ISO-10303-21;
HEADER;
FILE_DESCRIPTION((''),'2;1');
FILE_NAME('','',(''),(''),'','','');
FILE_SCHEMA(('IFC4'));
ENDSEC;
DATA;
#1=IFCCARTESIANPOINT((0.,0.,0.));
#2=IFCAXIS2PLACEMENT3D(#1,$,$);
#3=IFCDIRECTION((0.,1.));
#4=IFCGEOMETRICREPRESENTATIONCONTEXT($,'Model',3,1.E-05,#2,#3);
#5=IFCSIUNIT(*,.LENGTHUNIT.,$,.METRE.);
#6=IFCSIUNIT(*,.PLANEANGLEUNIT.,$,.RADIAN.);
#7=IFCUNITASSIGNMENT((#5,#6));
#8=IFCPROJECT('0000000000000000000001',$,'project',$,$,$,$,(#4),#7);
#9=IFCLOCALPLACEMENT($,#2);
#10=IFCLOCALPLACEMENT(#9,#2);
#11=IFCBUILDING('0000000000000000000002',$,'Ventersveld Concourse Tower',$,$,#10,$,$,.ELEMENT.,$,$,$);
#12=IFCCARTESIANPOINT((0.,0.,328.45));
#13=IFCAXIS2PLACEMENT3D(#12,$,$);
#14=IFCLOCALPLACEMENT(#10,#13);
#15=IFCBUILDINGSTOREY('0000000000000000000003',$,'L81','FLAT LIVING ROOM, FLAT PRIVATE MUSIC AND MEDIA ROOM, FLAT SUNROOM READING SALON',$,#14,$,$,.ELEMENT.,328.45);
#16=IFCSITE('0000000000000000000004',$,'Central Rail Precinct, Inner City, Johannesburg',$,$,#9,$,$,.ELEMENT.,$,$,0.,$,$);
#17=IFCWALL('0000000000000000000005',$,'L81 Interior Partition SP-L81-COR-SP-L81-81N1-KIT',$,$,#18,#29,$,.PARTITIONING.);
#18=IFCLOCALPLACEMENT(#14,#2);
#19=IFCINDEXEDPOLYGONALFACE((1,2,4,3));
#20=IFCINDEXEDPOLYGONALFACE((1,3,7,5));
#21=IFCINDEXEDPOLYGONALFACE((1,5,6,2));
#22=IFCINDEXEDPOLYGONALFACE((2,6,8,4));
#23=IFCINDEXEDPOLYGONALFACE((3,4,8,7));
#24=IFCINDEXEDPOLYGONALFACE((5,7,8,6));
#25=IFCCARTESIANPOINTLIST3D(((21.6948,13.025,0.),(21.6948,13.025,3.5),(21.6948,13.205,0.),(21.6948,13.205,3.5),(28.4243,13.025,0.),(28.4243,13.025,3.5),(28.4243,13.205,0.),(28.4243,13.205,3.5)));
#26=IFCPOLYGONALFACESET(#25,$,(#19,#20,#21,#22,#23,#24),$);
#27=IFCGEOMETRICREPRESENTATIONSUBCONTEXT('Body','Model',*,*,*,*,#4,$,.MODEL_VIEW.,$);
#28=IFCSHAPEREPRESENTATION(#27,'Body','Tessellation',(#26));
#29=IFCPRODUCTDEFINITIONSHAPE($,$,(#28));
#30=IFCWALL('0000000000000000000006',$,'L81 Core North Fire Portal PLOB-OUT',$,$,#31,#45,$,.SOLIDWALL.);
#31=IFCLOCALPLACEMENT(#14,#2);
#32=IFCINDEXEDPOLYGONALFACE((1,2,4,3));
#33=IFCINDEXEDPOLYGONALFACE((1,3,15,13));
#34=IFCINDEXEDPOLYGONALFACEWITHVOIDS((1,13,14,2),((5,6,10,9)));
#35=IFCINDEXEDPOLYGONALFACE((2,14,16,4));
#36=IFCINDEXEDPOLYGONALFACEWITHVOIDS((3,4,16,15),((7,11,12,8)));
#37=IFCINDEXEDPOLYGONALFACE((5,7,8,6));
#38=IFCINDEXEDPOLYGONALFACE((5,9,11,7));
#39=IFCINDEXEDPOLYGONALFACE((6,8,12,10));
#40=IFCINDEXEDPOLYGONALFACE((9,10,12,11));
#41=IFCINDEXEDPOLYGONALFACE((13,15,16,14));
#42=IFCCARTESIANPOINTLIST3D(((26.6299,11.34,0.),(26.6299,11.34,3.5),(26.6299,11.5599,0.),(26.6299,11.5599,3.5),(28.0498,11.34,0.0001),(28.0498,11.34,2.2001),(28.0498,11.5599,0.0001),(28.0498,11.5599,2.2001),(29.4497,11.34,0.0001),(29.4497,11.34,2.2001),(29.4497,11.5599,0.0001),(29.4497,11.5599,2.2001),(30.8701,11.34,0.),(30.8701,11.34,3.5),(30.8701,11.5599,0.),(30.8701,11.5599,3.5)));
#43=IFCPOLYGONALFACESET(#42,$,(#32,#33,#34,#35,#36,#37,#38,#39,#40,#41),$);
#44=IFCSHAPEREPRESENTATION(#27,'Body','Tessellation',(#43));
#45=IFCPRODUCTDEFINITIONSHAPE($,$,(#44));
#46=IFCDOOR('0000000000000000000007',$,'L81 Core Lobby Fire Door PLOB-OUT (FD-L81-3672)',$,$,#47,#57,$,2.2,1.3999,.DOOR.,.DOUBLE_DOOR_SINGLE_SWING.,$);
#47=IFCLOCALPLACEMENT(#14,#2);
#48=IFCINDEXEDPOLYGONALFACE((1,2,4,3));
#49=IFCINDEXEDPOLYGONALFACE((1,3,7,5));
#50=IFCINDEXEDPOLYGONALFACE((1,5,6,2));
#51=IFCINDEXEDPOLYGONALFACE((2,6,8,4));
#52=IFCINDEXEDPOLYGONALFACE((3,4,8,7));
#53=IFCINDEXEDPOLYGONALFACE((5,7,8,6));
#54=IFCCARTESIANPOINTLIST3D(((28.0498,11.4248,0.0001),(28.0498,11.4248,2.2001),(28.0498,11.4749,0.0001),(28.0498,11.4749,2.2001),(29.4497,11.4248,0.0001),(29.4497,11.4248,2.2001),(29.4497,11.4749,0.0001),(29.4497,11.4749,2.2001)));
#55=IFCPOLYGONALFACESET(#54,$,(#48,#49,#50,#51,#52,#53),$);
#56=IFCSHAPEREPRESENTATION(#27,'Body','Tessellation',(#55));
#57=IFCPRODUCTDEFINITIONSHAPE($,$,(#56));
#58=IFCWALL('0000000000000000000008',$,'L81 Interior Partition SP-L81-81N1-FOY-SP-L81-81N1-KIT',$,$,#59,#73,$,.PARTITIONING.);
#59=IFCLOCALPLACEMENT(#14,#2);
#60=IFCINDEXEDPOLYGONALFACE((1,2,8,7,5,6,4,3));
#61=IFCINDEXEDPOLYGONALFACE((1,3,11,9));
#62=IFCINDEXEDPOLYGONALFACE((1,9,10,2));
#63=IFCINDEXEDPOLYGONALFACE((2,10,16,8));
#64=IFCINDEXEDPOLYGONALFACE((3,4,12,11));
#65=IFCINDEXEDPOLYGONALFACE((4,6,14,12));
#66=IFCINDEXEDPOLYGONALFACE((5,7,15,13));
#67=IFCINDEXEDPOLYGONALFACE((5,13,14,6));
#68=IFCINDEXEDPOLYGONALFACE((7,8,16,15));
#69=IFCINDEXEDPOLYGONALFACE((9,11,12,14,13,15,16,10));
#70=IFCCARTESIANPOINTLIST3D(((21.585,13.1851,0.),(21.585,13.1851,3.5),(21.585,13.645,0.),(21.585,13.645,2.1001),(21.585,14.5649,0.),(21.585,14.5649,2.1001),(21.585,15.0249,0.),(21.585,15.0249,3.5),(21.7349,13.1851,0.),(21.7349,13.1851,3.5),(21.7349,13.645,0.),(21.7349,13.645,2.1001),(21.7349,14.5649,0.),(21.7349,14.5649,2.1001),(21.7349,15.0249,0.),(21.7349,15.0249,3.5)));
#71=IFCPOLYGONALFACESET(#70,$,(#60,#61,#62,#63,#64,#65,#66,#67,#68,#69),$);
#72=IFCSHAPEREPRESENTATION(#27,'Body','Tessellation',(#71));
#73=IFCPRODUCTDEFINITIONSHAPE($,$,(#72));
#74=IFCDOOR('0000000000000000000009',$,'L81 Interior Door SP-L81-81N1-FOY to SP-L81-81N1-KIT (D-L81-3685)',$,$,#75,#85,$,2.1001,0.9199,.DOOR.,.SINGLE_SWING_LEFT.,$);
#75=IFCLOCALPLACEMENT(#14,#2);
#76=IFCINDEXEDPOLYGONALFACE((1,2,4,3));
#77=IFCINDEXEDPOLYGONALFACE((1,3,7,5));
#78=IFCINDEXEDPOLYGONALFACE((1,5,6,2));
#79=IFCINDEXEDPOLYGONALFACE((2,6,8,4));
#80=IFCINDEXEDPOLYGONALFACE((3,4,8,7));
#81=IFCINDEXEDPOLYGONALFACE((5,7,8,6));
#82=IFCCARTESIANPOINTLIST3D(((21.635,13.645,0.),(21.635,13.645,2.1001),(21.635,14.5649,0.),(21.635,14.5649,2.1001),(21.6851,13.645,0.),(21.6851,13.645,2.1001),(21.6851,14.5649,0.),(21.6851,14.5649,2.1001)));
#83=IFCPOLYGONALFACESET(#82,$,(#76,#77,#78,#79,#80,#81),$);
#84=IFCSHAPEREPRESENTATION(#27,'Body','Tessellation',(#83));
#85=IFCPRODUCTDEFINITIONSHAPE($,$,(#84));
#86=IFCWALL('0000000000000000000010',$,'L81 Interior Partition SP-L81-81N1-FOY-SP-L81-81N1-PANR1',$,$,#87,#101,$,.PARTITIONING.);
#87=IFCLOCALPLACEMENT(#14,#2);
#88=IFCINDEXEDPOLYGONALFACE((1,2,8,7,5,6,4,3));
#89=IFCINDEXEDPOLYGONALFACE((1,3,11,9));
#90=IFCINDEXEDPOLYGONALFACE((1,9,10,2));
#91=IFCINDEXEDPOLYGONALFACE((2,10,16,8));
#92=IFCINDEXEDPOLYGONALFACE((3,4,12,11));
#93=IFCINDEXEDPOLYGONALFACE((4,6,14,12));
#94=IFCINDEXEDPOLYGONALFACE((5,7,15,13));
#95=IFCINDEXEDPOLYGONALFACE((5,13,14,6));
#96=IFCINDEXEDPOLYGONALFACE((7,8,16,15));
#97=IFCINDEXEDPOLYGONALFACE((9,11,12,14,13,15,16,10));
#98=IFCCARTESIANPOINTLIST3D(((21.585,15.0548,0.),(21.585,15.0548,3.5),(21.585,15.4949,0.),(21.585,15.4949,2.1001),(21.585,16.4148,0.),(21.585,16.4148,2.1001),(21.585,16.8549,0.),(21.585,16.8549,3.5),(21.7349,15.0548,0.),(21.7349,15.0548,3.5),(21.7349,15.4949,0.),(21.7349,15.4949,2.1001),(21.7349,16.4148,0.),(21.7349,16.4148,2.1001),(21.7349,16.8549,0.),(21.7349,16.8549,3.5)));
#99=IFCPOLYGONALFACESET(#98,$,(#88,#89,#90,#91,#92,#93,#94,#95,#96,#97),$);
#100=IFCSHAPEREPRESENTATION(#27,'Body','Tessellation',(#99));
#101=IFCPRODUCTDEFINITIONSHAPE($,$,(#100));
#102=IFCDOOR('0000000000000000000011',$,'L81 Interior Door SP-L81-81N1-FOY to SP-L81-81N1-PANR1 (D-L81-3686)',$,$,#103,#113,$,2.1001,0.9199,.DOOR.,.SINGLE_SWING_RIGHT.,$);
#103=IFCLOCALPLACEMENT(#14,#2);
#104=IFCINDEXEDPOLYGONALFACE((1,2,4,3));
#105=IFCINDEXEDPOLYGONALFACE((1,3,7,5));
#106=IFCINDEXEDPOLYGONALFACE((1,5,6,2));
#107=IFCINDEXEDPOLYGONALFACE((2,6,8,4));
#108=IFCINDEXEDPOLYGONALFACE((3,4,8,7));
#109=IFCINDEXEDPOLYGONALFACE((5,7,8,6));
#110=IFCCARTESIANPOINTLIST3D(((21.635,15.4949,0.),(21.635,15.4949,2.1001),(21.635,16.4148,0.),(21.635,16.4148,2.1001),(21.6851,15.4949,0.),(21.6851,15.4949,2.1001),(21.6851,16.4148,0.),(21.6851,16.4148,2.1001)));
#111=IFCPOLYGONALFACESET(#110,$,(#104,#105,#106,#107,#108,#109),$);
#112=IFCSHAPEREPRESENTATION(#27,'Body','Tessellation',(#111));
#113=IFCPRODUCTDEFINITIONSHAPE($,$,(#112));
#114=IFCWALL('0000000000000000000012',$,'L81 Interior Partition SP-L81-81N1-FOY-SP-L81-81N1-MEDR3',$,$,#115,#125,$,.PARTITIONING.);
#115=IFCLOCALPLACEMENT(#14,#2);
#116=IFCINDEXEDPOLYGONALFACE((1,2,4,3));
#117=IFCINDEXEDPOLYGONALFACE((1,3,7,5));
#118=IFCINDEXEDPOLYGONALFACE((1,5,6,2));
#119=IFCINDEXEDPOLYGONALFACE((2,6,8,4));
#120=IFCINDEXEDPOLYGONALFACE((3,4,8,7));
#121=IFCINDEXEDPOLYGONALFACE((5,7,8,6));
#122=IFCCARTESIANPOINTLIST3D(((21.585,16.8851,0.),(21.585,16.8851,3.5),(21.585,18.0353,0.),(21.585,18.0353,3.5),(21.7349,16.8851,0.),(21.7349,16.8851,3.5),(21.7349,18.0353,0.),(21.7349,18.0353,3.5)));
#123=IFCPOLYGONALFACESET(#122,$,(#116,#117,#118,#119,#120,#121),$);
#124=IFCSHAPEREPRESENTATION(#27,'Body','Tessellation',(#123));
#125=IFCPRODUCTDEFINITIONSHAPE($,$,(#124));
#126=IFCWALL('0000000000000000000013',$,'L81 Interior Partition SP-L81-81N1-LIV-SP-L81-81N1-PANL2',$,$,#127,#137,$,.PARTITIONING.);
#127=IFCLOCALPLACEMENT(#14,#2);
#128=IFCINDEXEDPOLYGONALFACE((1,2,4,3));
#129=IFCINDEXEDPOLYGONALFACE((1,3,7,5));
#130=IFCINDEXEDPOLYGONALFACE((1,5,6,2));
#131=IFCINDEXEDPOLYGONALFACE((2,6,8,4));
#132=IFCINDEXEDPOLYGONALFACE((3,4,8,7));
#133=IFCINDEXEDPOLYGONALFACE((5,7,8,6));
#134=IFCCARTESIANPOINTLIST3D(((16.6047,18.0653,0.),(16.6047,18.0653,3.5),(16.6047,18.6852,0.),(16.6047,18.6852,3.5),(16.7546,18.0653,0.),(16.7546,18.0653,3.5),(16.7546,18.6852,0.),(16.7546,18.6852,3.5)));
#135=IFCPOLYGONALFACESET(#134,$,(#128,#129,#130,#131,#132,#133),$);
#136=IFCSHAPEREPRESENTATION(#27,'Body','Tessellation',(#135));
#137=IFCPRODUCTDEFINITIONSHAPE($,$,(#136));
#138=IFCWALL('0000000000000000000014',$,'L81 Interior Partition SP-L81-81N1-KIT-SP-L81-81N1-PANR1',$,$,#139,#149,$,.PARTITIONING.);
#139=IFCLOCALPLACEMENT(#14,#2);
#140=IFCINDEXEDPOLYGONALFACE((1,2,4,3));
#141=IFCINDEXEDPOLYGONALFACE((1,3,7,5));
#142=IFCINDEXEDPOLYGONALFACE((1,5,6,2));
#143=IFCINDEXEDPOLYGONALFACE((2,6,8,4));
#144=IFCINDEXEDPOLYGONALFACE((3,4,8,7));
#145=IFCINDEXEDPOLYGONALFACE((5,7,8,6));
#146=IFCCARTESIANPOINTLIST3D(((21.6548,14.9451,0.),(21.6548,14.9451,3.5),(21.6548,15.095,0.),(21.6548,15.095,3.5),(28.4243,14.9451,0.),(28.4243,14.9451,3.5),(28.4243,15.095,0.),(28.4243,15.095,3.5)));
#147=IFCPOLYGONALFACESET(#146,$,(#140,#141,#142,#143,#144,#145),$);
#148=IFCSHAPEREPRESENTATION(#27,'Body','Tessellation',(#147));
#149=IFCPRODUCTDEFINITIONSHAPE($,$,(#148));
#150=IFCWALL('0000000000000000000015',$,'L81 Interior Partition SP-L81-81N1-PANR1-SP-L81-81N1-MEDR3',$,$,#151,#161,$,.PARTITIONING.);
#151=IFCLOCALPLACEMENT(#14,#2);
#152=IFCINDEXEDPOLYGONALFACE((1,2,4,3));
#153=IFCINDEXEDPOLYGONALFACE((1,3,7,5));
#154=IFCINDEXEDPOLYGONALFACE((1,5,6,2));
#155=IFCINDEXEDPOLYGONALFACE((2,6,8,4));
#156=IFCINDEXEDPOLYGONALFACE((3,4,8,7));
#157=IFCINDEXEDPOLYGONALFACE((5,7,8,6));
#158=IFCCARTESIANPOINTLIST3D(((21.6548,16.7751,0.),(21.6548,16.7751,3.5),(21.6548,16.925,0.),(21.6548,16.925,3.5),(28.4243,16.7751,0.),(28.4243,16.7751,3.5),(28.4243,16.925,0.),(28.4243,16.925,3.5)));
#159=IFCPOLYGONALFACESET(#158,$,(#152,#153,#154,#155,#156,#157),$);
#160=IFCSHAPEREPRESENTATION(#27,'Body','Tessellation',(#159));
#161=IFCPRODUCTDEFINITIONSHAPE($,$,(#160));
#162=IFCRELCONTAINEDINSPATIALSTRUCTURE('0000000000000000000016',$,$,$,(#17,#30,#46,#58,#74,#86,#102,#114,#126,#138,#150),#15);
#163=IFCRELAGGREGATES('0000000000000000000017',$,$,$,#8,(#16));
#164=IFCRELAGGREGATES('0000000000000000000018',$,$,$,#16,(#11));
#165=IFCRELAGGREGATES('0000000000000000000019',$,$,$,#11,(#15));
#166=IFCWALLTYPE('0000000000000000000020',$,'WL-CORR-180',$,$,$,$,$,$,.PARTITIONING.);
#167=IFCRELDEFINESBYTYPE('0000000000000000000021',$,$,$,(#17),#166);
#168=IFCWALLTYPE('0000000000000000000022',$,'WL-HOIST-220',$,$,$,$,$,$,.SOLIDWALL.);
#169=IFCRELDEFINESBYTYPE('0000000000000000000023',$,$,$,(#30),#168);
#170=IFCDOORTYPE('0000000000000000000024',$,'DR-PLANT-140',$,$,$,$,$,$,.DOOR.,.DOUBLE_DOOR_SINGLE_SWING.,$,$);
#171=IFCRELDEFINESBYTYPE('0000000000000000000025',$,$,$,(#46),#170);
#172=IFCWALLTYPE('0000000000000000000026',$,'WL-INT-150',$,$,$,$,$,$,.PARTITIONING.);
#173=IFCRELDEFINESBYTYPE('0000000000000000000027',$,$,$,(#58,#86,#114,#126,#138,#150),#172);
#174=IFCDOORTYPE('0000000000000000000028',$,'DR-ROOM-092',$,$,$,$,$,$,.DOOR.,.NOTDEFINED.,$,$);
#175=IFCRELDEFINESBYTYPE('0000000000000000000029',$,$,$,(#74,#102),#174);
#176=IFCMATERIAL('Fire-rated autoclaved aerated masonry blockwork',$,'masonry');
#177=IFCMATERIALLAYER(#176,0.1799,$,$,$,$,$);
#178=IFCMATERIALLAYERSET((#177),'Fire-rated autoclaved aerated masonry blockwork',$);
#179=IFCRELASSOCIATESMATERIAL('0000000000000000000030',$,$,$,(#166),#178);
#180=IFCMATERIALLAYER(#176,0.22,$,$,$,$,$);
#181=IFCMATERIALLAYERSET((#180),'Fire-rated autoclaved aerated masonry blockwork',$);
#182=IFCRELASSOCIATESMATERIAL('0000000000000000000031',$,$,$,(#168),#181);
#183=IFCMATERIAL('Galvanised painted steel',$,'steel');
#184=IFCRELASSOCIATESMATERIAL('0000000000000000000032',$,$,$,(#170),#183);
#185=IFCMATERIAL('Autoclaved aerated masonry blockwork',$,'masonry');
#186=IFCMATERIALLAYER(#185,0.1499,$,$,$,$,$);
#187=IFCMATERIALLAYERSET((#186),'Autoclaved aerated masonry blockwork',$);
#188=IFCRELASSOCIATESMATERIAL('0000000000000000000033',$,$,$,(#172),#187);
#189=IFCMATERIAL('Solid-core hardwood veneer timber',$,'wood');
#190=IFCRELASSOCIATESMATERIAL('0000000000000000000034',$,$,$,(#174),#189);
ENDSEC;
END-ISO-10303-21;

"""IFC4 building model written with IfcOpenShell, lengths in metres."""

from ifc_helpers import new_model, si_unit, direction, frame, frame_2d, origin, place, context, subcontext, project, spatial, rectangle, extrude, material, layer, layer_set, type_object, element, fill, save


model = new_model("IFC4")

# Units and contexts
model_context = context("Model", 3, precision=1e-05, world=origin(), true_north=direction((0.0, 1.0)))
body_context = subcontext(model_context, "Body", "Model", "MODEL_VIEW")
ifc_project = project(units=[si_unit("LENGTHUNIT", "METRE"), si_unit("PLANEANGLEUNIT", "RADIAN")], contexts=[model_context])

# Site, building, storey
site_placement = place(None, origin())
site = spatial("IfcSite", under=ifc_project, at=site_placement, Name="Central Rail Precinct, Inner City, Johannesburg", CompositionType="ELEMENT", RefElevation=0.0)
building_placement = place(site_placement, origin())
building = spatial("IfcBuilding", under=site, at=building_placement, Name="Ventersveld Concourse Tower", CompositionType="ELEMENT")
storey_placement = place(building_placement, frame((0.0, 0.0, 328.45)))
storey = spatial("IfcBuildingStorey", under=building, at=storey_placement, Name="L81", Description="FLAT LIVING ROOM, FLAT PRIVATE MUSIC AND MEDIA ROOM, FLAT SUNROOM READING SALON", CompositionType="ELEMENT", Elevation=328.45)

# Wall
ifc_material_1 = material(Name="Fire-rated autoclaved aerated masonry blockwork", Category="masonry")
ifc_layer_1 = layer(ifc_material_1, 0.1799)
ifc_layer_set_1 = layer_set([ifc_layer_1], Name="Fire-rated autoclaved aerated masonry blockwork")
wall_type_1 = type_object("IfcWallType", Name="WL-CORR-180", PredefinedType="PARTITIONING", material=ifc_layer_set_1)
wall_1_placement = place(storey_placement, frame((21.6948, 13.115, 0.0), z_axis=(0.0, 0.0, 1.0), x_axis=(1.0, 0.0, 0.0)))
element("IfcWall", 1, at=wall_1_placement, inside=storey, type_object=wall_type_1, Name="L81 Interior Partition SP-L81-COR-SP-L81-81N1-KIT", PredefinedType="PARTITIONING", context=body_context, shape_type="SweptSolid", body=[
    extrude(rectangle(XDim=6.7295, YDim=0.1799, at=frame_2d((3.3647, 0.0))), origin(), (0.0, 0.0, 1.0), 3.5),
])

# Walls, openings, doors
ifc_layer_2 = layer(ifc_material_1, 0.22)
ifc_layer_set_2 = layer_set([ifc_layer_2], Name="Fire-rated autoclaved aerated masonry blockwork")
wall_type_2 = type_object("IfcWallType", Name="WL-HOIST-220", PredefinedType="SOLIDWALL", material=ifc_layer_set_2)
wall_2_placement = place(storey_placement, frame((26.6299, 11.45, 0.0), z_axis=(0.0, 0.0, 1.0), x_axis=(1.0, 0.0, 0.0)))
wall_2 = element("IfcWall", 2, at=wall_2_placement, inside=storey, type_object=wall_type_2, Name="L81 Core North Fire Portal PLOB-OUT", PredefinedType="SOLIDWALL", context=body_context, shape_type="SweptSolid", body=[
    extrude(rectangle(XDim=4.2402, YDim=0.22, at=frame_2d((2.1201, 0.0))), origin(), (0.0, 0.0, 1.0), 3.5),
])
opening_1_placement = place(wall_2_placement, frame((1.4199, 0.0, 0.0)))
opening_1 = element("IfcOpeningElement", 3, at=opening_1_placement, cuts=wall_2, PredefinedType="OPENING", context=body_context, shape_type="SweptSolid", body=[
    extrude(rectangle(XDim=1.3999, YDim=2.2, at=frame_2d((0.7, 1.1001))), frame((0.0, 0.1201, 0.0), z_axis=(0.0, -1.0, 0.0), x_axis=(1.0, 0.0, 0.0)), (0.0, 0.0, 1.0), 0.24),
])
ifc_material_2 = material(Name="Galvanised painted steel", Category="steel")
door_type_1 = type_object("IfcDoorType", Name="DR-PLANT-140", OperationType="DOUBLE_DOOR_SINGLE_SWING", PredefinedType="DOOR", material=ifc_material_2)
door_1_placement = place(opening_1_placement, origin())
door_1 = element("IfcDoor", 4, at=door_1_placement, inside=storey, type_object=door_type_1, Name="L81 Core Lobby Fire Door PLOB-OUT (FD-L81-3672)", OperationType="DOUBLE_DOOR_SINGLE_SWING", OverallHeight=2.2, OverallWidth=1.3999, PredefinedType="DOOR", context=body_context, shape_type="SweptSolid", body=[
    extrude(rectangle(XDim=1.3999, YDim=2.2, at=frame_2d((0.7, 1.1001))), frame((0.0, 0.0249, 0.0), z_axis=(0.0, -1.0, 0.0), x_axis=(1.0, 0.0, 0.0)), (0.0, 0.0, 1.0), 0.05),
])
fill(opening_1, door_1)
ifc_material_3 = material(Name="Autoclaved aerated masonry blockwork", Category="masonry")
ifc_layer_3 = layer(ifc_material_3, 0.1499)
ifc_layer_set_3 = layer_set([ifc_layer_3], Name="Autoclaved aerated masonry blockwork")
wall_type_3 = type_object("IfcWallType", Name="WL-INT-150", PredefinedType="PARTITIONING", material=ifc_layer_set_3)
wall_3_placement = place(storey_placement, frame((21.6599, 13.1851, 0.0), z_axis=(0.0, 0.0, 1.0), x_axis=(0.0, 1.0, 0.0)))
wall_3 = element("IfcWall", 5, at=wall_3_placement, inside=storey, type_object=wall_type_3, Name="L81 Interior Partition SP-L81-81N1-FOY-SP-L81-81N1-KIT", PredefinedType="PARTITIONING", context=body_context, shape_type="SweptSolid", body=[
    extrude(rectangle(XDim=1.8398, YDim=0.1499, at=frame_2d((0.9199, 0.0))), origin(), (0.0, 0.0, 1.0), 3.5),
])
opening_2_placement = place(wall_3_placement, frame((0.46, 0.0, 0.0)))
opening_2 = element("IfcOpeningElement", 6, at=opening_2_placement, cuts=wall_3, PredefinedType="OPENING", context=body_context, shape_type="SweptSolid", body=[
    extrude(rectangle(XDim=0.9199, YDim=2.1001, at=frame_2d((0.46, 1.05))), frame((0.0, 0.085, 0.0), z_axis=(0.0, -1.0, 0.0), x_axis=(1.0, 0.0, 0.0)), (0.0, 0.0, 1.0), 0.1699),
])
ifc_material_4 = material(Name="Solid-core hardwood veneer timber", Category="wood")
door_type_2 = type_object("IfcDoorType", Name="DR-ROOM-092", OperationType="NOTDEFINED", PredefinedType="DOOR", material=ifc_material_4)
door_2_placement = place(opening_2_placement, origin())
door_2 = element("IfcDoor", 7, at=door_2_placement, inside=storey, type_object=door_type_2, Name="L81 Interior Door SP-L81-81N1-FOY to SP-L81-81N1-KIT (D-L81-3685)", OperationType="SINGLE_SWING_LEFT", OverallHeight=2.1001, OverallWidth=0.9199, PredefinedType="DOOR", context=body_context, shape_type="SweptSolid", body=[
    extrude(rectangle(XDim=0.9199, YDim=2.1001, at=frame_2d((0.46, 1.05))), frame((0.0, 0.0249, 0.0), z_axis=(0.0, -1.0, 0.0), x_axis=(1.0, 0.0, 0.0)), (0.0, 0.0, 1.0), 0.05),
])
fill(opening_2, door_2)
wall_4_placement = place(storey_placement, frame((21.6599, 15.0549, 0.0), z_axis=(0.0, 0.0, 1.0), x_axis=(0.0, 1.0, 0.0)))
wall_4 = element("IfcWall", 8, at=wall_4_placement, inside=storey, type_object=wall_type_3, Name="L81 Interior Partition SP-L81-81N1-FOY-SP-L81-81N1-PANR1", PredefinedType="PARTITIONING", context=body_context, shape_type="SweptSolid", body=[
    extrude(rectangle(XDim=1.8, YDim=0.1499, at=frame_2d((0.8999, 0.0))), origin(), (0.0, 0.0, 1.0), 3.5),
])
opening_3_placement = place(wall_4_placement, frame((0.4399, 0.0, 0.0)))
opening_3 = element("IfcOpeningElement", 9, at=opening_3_placement, cuts=wall_4, PredefinedType="OPENING", context=body_context, shape_type="SweptSolid", body=[
    extrude(rectangle(XDim=0.9199, YDim=2.1001, at=frame_2d((0.46, 1.05))), frame((0.0, 0.085, 0.0), z_axis=(0.0, -1.0, 0.0), x_axis=(1.0, 0.0, 0.0)), (0.0, 0.0, 1.0), 0.1699),
])
door_3_placement = place(opening_3_placement, origin())
door_3 = element("IfcDoor", 10, at=door_3_placement, inside=storey, type_object=door_type_2, Name="L81 Interior Door SP-L81-81N1-FOY to SP-L81-81N1-PANR1 (D-L81-3686)", OperationType="SINGLE_SWING_RIGHT", OverallHeight=2.1001, OverallWidth=0.9199, PredefinedType="DOOR", context=body_context, shape_type="SweptSolid", body=[
    extrude(rectangle(XDim=0.9199, YDim=2.1001, at=frame_2d((0.46, 1.05))), frame((0.0, 0.0249, 0.0), z_axis=(0.0, -1.0, 0.0), x_axis=(1.0, 0.0, 0.0)), (0.0, 0.0, 1.0), 0.05),
])
fill(opening_3, door_3)

# Walls
wall_5_placement = place(storey_placement, frame((21.6599, 16.885, 0.0), z_axis=(0.0, 0.0, 1.0), x_axis=(0.0, 1.0, 0.0)))
element("IfcWall", 11, at=wall_5_placement, inside=storey, type_object=wall_type_3, Name="L81 Interior Partition SP-L81-81N1-FOY-SP-L81-81N1-MEDR3", PredefinedType="PARTITIONING", context=body_context, shape_type="SweptSolid", body=[
    extrude(rectangle(XDim=1.1501, YDim=0.1499, at=frame_2d((0.5752, 0.0))), origin(), (0.0, 0.0, 1.0), 3.5),
])
wall_6_placement = place(storey_placement, frame((16.6797, 18.0652, 0.0), z_axis=(0.0, 0.0, 1.0), x_axis=(0.0, 1.0, 0.0)))
element("IfcWall", 12, at=wall_6_placement, inside=storey, type_object=wall_type_3, Name="L81 Interior Partition SP-L81-81N1-LIV-SP-L81-81N1-PANL2", PredefinedType="PARTITIONING", context=body_context, shape_type="SweptSolid", body=[
    extrude(rectangle(XDim=0.6199, YDim=0.1499, at=frame_2d((0.3101, 0.0))), origin(), (0.0, 0.0, 1.0), 3.5),
])
for number, where, z_axis, x_axis, name in (
    (13, (21.6548, 15.02, 0.0), (0.0, 0.0, 1.0), (1.0, 0.0, 0.0), "L81 Interior Partition SP-L81-81N1-KIT-SP-L81-81N1-PANR1"),
    (14, (21.6548, 16.8501, 0.0), (0.0, 0.0, 1.0), (1.0, 0.0, 0.0), "L81 Interior Partition SP-L81-81N1-PANR1-SP-L81-81N1-MEDR3"),
):
    element("IfcWall", number, at=place(storey_placement, frame(where, z_axis=z_axis, x_axis=x_axis)), inside=storey, type_object=wall_type_3, Name=name, PredefinedType="PARTITIONING", context=body_context, shape_type="SweptSolid", body=[
        extrude(rectangle(XDim=6.7695, YDim=0.1499, at=frame_2d((3.3848, 0.0))), origin(), (0.0, 0.0, 1.0), 3.5),
    ])

save(model, "model.ifc")
